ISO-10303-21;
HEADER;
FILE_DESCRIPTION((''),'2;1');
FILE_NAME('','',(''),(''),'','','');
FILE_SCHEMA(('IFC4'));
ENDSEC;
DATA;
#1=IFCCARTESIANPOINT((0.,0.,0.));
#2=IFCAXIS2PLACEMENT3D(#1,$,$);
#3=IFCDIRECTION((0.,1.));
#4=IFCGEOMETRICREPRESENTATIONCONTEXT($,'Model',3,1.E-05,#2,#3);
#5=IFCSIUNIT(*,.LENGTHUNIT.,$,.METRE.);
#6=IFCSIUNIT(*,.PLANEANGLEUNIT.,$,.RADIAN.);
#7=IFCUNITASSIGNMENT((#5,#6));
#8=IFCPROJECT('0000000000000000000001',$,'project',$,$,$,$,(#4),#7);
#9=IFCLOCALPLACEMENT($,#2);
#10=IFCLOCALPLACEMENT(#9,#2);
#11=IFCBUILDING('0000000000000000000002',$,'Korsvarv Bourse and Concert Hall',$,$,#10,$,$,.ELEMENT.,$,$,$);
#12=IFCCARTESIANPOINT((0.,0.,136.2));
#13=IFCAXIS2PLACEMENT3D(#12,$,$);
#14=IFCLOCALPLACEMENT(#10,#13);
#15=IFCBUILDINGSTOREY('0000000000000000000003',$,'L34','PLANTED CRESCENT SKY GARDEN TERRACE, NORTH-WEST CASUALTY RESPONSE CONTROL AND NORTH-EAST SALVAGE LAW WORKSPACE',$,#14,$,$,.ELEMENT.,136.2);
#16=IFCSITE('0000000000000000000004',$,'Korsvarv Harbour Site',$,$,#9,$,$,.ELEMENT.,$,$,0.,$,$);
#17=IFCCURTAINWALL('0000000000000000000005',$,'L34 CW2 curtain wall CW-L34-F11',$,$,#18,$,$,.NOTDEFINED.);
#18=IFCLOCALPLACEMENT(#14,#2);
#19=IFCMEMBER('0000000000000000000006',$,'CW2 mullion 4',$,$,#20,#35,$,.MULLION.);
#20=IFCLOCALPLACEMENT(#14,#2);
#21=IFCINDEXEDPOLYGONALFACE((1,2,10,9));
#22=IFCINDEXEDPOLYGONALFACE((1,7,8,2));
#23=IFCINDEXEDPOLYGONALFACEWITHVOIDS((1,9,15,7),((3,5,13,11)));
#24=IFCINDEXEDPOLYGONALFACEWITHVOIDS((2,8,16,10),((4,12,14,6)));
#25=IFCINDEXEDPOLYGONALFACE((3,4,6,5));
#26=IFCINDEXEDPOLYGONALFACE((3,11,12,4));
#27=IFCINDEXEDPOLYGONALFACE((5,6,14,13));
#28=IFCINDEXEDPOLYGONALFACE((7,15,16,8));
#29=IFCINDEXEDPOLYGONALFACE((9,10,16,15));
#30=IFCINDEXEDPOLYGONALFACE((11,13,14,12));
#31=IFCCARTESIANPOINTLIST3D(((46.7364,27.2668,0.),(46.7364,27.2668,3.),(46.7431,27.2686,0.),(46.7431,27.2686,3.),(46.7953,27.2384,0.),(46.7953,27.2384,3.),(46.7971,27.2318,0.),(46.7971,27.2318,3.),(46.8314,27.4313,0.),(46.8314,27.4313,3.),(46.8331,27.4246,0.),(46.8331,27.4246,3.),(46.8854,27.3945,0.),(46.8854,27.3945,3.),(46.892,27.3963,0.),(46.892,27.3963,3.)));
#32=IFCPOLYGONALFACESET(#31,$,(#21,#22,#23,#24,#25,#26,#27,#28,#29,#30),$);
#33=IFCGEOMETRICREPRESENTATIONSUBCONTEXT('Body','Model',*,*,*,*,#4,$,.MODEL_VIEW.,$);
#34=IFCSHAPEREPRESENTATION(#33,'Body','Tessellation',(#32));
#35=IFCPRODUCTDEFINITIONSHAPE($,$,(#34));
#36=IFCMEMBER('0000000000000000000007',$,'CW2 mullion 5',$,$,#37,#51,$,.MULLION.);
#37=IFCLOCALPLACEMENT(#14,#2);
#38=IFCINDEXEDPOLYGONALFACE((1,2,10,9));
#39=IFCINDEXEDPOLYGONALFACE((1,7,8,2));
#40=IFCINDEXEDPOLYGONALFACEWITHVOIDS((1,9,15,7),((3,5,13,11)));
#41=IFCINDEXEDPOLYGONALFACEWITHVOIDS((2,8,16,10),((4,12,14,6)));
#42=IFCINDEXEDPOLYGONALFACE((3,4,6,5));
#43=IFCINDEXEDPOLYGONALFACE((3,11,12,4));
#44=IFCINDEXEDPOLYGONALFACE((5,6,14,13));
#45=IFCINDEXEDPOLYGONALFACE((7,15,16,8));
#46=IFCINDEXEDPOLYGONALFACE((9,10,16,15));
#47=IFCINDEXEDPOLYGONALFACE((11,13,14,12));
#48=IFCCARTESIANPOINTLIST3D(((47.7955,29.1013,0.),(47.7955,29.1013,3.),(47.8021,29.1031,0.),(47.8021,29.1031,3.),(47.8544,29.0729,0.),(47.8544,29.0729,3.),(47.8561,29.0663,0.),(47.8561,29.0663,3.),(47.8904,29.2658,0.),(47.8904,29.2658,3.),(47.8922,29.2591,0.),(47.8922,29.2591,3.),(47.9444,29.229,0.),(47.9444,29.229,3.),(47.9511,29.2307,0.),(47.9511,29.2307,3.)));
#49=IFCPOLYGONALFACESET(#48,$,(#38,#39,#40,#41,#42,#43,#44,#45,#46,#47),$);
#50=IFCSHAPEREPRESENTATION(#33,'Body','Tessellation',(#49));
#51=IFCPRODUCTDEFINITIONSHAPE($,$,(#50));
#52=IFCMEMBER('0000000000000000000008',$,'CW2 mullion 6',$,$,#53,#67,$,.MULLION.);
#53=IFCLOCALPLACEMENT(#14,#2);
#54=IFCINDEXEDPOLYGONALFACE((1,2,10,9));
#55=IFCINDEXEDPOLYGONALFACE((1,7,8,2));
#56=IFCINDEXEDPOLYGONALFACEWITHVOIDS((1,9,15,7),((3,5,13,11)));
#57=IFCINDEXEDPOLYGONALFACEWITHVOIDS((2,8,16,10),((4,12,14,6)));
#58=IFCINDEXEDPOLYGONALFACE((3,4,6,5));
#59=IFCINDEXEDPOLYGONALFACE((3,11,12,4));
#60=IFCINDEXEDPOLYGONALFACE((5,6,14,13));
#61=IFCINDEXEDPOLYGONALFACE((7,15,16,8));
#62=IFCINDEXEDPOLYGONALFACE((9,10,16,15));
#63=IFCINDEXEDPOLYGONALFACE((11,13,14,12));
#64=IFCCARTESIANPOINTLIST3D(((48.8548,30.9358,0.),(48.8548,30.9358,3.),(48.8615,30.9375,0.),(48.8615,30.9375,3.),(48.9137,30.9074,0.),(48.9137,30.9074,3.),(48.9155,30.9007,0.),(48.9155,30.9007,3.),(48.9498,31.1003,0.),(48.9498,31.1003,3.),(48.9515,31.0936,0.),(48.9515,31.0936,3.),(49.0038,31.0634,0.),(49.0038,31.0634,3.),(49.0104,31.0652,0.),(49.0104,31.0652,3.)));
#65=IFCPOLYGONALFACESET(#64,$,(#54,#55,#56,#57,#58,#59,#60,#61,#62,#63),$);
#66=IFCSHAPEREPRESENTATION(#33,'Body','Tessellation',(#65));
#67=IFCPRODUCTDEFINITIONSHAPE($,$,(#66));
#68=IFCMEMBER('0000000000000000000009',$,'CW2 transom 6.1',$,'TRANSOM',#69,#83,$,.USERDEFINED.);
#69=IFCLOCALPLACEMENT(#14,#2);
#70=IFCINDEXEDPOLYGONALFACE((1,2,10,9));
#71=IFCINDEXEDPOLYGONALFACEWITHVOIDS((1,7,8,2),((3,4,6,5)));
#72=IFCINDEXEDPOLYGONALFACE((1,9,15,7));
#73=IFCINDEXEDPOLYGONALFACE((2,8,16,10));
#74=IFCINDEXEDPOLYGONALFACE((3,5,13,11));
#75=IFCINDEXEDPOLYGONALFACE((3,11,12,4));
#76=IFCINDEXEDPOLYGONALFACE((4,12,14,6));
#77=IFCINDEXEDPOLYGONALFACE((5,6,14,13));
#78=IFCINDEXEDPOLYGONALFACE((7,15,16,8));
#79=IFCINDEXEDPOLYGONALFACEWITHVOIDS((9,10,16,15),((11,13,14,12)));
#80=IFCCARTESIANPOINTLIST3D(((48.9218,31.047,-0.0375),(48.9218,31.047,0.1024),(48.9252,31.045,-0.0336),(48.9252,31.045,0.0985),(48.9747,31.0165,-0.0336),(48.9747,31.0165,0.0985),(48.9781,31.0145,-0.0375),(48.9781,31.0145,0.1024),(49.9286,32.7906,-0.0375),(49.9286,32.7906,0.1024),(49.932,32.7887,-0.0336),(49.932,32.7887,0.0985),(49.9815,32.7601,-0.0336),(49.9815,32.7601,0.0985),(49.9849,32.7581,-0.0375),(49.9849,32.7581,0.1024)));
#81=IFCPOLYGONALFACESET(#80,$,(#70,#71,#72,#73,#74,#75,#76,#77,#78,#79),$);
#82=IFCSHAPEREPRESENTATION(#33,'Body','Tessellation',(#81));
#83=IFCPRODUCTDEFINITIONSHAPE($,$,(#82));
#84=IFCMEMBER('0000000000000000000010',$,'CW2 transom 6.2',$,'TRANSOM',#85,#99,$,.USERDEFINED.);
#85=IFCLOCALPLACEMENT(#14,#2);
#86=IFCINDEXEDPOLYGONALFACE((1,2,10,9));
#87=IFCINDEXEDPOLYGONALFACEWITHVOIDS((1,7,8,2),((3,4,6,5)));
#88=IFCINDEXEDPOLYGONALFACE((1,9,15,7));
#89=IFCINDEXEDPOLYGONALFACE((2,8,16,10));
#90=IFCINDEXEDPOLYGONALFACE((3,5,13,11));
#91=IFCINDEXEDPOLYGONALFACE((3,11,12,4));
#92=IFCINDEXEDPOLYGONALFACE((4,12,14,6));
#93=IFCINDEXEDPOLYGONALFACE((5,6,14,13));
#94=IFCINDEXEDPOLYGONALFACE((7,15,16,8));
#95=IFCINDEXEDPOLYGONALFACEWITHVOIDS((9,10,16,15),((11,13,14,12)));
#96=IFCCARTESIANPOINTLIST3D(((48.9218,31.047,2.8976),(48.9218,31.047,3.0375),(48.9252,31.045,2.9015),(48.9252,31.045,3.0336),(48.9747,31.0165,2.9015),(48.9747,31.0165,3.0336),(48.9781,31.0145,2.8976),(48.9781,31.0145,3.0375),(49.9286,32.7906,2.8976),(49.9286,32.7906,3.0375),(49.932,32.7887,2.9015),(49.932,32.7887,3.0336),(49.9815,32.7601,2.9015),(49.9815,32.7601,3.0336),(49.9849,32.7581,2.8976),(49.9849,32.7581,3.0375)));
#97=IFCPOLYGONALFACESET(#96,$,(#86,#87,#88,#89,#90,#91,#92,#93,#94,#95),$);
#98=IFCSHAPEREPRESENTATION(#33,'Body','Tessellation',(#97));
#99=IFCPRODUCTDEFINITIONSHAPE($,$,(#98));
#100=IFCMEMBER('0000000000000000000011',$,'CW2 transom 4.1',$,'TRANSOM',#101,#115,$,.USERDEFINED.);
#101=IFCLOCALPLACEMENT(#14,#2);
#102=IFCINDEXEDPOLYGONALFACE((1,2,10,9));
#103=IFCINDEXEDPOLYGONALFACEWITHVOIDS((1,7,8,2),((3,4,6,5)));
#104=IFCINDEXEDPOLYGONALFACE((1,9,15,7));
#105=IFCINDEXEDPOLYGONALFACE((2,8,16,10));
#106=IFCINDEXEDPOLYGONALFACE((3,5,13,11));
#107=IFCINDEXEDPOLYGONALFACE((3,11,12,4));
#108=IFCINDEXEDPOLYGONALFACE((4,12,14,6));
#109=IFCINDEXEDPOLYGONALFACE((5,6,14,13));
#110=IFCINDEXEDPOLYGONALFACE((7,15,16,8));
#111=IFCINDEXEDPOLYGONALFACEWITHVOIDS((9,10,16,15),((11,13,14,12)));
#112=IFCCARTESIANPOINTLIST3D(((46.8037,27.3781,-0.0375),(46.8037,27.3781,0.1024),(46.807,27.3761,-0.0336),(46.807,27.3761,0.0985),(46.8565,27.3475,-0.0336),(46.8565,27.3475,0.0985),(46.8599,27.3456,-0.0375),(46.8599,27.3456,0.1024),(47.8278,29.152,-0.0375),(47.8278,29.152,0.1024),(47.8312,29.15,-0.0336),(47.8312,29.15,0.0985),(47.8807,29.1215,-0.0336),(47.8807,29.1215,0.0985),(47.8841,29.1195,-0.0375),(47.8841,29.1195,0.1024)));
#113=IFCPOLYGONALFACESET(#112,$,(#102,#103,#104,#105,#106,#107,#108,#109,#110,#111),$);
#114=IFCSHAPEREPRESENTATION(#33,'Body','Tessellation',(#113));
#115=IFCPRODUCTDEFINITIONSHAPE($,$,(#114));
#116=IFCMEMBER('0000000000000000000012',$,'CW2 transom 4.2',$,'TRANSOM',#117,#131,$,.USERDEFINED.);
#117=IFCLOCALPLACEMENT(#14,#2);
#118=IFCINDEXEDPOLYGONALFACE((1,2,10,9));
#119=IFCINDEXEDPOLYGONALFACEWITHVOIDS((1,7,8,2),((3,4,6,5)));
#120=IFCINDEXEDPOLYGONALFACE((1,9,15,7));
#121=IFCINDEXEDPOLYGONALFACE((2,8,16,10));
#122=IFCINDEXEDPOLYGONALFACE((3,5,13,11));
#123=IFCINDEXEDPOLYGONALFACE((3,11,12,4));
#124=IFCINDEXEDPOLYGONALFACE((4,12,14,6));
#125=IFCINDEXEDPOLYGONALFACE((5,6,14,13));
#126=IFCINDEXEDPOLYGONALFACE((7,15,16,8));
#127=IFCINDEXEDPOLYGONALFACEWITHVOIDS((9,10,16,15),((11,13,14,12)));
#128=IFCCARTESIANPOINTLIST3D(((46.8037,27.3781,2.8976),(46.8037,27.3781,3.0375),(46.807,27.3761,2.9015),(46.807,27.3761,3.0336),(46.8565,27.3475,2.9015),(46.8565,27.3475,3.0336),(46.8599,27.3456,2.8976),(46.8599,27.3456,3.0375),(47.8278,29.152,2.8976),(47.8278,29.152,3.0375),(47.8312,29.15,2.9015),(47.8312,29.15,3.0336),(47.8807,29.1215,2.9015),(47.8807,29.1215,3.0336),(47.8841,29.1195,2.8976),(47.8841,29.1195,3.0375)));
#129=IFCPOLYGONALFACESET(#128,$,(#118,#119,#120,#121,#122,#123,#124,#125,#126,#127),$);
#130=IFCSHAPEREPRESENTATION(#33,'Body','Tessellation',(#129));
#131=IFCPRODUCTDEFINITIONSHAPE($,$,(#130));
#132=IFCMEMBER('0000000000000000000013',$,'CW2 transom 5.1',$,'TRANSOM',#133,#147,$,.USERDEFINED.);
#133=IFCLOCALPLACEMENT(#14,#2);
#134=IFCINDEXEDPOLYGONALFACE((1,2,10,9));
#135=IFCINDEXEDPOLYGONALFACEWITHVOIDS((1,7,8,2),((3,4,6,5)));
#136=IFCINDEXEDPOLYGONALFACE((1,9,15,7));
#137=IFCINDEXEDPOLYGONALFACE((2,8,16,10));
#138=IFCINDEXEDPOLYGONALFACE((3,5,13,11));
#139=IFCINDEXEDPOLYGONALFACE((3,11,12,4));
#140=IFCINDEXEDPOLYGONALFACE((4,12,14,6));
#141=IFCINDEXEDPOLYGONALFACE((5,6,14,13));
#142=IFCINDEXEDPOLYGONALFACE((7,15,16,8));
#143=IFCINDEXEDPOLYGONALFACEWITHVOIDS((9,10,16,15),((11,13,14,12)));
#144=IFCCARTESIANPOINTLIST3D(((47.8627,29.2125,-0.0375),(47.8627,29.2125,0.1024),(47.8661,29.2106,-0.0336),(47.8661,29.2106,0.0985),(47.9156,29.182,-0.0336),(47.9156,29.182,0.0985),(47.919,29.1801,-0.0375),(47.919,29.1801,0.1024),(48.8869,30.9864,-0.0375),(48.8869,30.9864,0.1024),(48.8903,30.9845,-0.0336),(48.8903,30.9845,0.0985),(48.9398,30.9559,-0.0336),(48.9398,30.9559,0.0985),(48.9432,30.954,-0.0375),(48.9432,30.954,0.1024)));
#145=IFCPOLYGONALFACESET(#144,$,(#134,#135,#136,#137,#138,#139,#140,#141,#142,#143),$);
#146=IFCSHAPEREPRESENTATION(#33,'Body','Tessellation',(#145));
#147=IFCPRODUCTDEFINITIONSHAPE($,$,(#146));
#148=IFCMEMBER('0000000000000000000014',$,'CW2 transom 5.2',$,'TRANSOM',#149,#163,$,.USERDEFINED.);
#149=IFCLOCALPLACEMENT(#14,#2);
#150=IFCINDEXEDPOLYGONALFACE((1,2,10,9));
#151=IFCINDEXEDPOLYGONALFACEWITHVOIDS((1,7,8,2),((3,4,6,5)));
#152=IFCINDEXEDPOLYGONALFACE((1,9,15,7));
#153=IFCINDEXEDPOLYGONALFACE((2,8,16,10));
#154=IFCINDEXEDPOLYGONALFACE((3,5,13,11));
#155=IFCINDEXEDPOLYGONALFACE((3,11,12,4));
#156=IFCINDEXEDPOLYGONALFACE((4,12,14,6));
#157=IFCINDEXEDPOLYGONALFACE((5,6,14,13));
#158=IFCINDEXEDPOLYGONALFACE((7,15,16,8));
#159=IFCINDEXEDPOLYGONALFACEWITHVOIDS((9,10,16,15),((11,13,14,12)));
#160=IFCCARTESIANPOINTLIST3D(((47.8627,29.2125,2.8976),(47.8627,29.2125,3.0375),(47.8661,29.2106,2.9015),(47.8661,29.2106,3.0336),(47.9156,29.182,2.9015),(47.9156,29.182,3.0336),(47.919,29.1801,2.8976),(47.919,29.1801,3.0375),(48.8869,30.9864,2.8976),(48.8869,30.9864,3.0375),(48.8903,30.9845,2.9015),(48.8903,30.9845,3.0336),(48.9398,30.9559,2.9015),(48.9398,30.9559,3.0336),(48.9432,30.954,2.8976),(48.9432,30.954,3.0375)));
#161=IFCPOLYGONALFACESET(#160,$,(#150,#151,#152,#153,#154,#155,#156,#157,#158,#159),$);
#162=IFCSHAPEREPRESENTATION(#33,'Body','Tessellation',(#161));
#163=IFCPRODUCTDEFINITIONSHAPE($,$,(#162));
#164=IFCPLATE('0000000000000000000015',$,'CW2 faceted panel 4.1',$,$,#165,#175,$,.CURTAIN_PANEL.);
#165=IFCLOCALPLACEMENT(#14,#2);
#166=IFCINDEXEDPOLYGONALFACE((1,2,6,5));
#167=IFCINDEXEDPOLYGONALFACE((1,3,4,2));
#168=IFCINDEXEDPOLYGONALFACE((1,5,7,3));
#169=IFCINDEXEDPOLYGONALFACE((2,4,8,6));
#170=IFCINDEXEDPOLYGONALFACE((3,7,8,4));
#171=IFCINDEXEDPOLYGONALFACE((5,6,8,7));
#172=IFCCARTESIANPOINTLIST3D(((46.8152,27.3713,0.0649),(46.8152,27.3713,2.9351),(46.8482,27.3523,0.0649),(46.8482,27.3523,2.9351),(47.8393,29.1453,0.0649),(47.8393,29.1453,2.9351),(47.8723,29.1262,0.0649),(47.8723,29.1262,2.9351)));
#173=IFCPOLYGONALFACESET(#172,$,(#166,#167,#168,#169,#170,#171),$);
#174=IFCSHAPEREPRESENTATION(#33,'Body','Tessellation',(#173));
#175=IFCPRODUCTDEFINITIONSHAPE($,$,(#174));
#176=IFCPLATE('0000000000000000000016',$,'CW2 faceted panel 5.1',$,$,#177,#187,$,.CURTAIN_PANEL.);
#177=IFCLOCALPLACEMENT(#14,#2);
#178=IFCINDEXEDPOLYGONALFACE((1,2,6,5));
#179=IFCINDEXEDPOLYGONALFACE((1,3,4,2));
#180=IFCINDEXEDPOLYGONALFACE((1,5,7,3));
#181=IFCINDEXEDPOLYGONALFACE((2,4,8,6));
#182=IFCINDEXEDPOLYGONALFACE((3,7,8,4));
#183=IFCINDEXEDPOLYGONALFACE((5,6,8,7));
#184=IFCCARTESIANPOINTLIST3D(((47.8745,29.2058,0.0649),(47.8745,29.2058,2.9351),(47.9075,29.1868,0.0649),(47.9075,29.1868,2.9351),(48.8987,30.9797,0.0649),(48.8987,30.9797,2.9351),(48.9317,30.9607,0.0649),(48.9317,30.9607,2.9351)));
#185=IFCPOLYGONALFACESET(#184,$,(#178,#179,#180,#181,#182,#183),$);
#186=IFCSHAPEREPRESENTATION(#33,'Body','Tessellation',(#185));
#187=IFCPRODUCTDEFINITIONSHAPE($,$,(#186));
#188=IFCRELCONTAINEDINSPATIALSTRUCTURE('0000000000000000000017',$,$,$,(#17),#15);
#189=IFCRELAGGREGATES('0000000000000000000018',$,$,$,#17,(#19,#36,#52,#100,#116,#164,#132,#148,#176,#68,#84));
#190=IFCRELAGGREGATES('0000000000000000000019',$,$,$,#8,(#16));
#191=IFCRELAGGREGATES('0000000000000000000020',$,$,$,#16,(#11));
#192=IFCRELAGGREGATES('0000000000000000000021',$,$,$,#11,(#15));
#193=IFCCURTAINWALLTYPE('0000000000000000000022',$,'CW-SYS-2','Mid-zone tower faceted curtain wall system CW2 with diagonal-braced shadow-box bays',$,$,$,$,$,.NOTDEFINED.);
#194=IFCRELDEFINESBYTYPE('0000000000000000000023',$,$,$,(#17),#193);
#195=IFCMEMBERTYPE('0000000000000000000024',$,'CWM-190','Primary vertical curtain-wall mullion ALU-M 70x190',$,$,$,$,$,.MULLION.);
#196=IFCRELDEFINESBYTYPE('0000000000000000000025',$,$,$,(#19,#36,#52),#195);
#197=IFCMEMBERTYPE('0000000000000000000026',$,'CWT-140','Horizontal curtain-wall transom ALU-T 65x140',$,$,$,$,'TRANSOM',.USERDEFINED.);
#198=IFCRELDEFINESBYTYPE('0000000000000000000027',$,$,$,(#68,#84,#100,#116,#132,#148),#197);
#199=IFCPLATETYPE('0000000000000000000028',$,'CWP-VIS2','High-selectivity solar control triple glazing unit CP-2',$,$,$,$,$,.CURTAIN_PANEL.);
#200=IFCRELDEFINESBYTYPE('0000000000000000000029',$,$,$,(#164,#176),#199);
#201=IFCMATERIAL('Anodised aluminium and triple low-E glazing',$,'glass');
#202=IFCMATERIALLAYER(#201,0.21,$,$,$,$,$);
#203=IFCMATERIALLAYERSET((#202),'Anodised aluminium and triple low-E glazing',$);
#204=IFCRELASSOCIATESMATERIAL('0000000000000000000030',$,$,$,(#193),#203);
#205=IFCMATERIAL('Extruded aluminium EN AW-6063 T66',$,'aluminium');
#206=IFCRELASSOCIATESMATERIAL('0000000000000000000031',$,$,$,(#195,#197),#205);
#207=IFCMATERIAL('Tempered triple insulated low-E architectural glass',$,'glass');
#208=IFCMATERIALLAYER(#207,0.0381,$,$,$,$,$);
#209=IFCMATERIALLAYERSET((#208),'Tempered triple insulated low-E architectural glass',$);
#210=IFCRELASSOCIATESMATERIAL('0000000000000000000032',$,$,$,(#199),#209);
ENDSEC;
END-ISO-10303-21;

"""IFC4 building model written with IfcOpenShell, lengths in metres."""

from ifc_helpers import new_model, si_unit, direction, frame, origin, origin_2d, place, context, subcontext, project, spatial, rectangle, hollow_rectangle, extrude, source, transform, mapped, material, layer, layer_set, material_profile, profile_set, type_object, element, aggregate, save


model = new_model("IFC4")

# Units and contexts
model_context = context("Model", 3, precision=1e-05, world=origin(), true_north=direction((0.0, 1.0)))
body_context = subcontext(model_context, "Body", "Model", "MODEL_VIEW")
ifc_project = project(units=[si_unit("LENGTHUNIT", "METRE"), si_unit("PLANEANGLEUNIT", "RADIAN")], contexts=[model_context])

# Site, building, storey
site_placement = place(None, origin())
site = spatial("IfcSite", under=ifc_project, at=site_placement, Name="Korsvarv Harbour Site", CompositionType="ELEMENT", RefElevation=0.0)
building_placement = place(site_placement, origin())
building = spatial("IfcBuilding", under=site, at=building_placement, Name="Korsvarv Bourse and Concert Hall", CompositionType="ELEMENT")
storey_placement = place(building_placement, frame((0.0, 0.0, 136.2)))
storey = spatial("IfcBuildingStorey", under=building, at=storey_placement, Name="L34", Description="PLANTED CRESCENT SKY GARDEN TERRACE, NORTH-WEST CASUALTY RESPONSE CONTROL AND NORTH-EAST SALVAGE LAW WORKSPACE", CompositionType="ELEMENT", Elevation=136.2)

# Curtain wall, members, plates
ifc_material_1 = material(Name="Anodised aluminium and triple low-E glazing", Category="glass")
ifc_layer_1 = layer(ifc_material_1, 0.21)
ifc_layer_set_1 = layer_set([ifc_layer_1], Name="Anodised aluminium and triple low-E glazing")
curtain_wall_type = type_object("IfcCurtainWallType", Name="CW-SYS-2", Description="Mid-zone tower faceted curtain wall system CW2 with diagonal-braced shadow-box bays", PredefinedType="NOTDEFINED", material=ifc_layer_set_1)
curtain_wall_placement = place(storey_placement, origin())
curtain_wall = element("IfcCurtainWall", 1, at=curtain_wall_placement, inside=storey, type_object=curtain_wall_type, Name="L34 CW2 curtain wall CW-L34-F11", PredefinedType="NOTDEFINED")
ifc_material_2 = material(Name="Extruded aluminium EN AW-6063 T66", Category="aluminium")
ifc_material_profile_1 = material_profile(ifc_material_2, hollow_rectangle(XDim=0.0701, YDim=0.1899, WallThickness=0.0049, at=origin_2d()), Name="ALU-M 70x190")
ifc_profile_set_1 = profile_set([ifc_material_profile_1], Name="Extruded aluminium EN AW-6063 T66")
member_type_1 = type_object("IfcMemberType", Name="CWM-190", Description="Primary vertical curtain-wall mullion ALU-M 70x190", PredefinedType="MULLION", material=ifc_profile_set_1)
shared_shape_1 = source(origin(), body_context, "Body", "SweptSolid", [
    extrude(hollow_rectangle(XDim=0.0701, YDim=0.1899, WallThickness=0.0049, at=origin_2d()), origin(), (0.0, 0.0, 1.0), 3.0),
])
member_1_placement = place(storey_placement, frame((46.8142, 27.3315, 0.0), z_axis=(0.0, 0.0, 1.0), x_axis=(-0.866025, 0.5, 0.0)))
member_1 = element("IfcMember", 2, at=member_1_placement, type_object=member_type_1, Name="CW2 mullion 4", PredefinedType="MULLION", context=body_context, shape_type="MappedRepresentation", body=[
    mapped(shared_shape_1, transform((0.0, 0.0, 0.0), scale=1.0)),
])
member_2_placement = place(storey_placement, frame((47.8733, 29.166, 0.0), z_axis=(0.0, 0.0, 1.0), x_axis=(-0.866025, 0.5, 0.0)))
member_2 = element("IfcMember", 3, at=member_2_placement, type_object=member_type_1, Name="CW2 mullion 5", PredefinedType="MULLION", context=body_context, shape_type="MappedRepresentation", body=[
    mapped(shared_shape_1, transform((0.0, 0.0, 0.0), scale=1.0)),
])
member_3_placement = place(storey_placement, frame((48.9326, 31.0005, 0.0), z_axis=(0.0, 0.0, 1.0), x_axis=(-0.866025, 0.5, 0.0)))
member_3 = element("IfcMember", 4, at=member_3_placement, type_object=member_type_1, Name="CW2 mullion 6", PredefinedType="MULLION", context=body_context, shape_type="MappedRepresentation", body=[
    mapped(shared_shape_1, transform((0.0, 0.0, 0.0), scale=1.0)),
])
ifc_material_profile_2 = material_profile(ifc_material_2, hollow_rectangle(XDim=0.0649, YDim=0.1399, WallThickness=0.0039, at=origin_2d()), Name="ALU-T 65x140")
ifc_profile_set_2 = profile_set([ifc_material_profile_2], Name="Extruded aluminium EN AW-6063 T66")
member_type_2 = type_object("IfcMemberType", Name="CWT-140", Description="Horizontal curtain-wall transom ALU-T 65x140", ElementType="TRANSOM", PredefinedType="USERDEFINED", material=ifc_profile_set_2)
shared_shape_2 = source(origin(), body_context, "Body", "SweptSolid", [
    extrude(hollow_rectangle(XDim=0.0649, YDim=0.1399, WallThickness=0.0039, at=origin_2d()), origin(), (0.0, 0.0, 1.0), 2.0134),
])
member_4_placement = place(storey_placement, frame((48.95, 31.0308, 0.0325), z_axis=(0.500051, 0.865996, 0.0), x_axis=(-0.865996, 0.500051, 0.0)))
member_4 = element("IfcMember", 5, at=member_4_placement, type_object=member_type_2, Name="CW2 transom 6.1", ObjectType="TRANSOM", PredefinedType="USERDEFINED", context=body_context, shape_type="MappedRepresentation", body=[
    mapped(shared_shape_2, transform((0.0, 0.0, 0.0), scale=1.0)),
])
member_5_placement = place(storey_placement, frame((48.95, 31.0308, 2.9675), z_axis=(0.500051, 0.865996, 0.0), x_axis=(-0.865996, 0.500051, 0.0)))
member_5 = element("IfcMember", 6, at=member_5_placement, type_object=member_type_2, Name="CW2 transom 6.2", ObjectType="TRANSOM", PredefinedType="USERDEFINED", context=body_context, shape_type="MappedRepresentation", body=[
    mapped(shared_shape_2, transform((0.0, 0.0, 0.0), scale=1.0)),
])
shared_shape_3 = source(origin(), body_context, "Body", "SweptSolid", [
    extrude(hollow_rectangle(XDim=0.0649, YDim=0.1399, WallThickness=0.0039, at=origin_2d()), origin(), (0.0, 0.0, 1.0), 2.0483),
])
member_6_placement = place(storey_placement, frame((46.8318, 27.3618, 0.0325), z_axis=(0.499998, 0.866027, 0.0), x_axis=(-0.866027, 0.499998, 0.0)))
member_6 = element("IfcMember", 7, at=member_6_placement, type_object=member_type_2, Name="CW2 transom 4.1", ObjectType="TRANSOM", PredefinedType="USERDEFINED", context=body_context, shape_type="MappedRepresentation", body=[
    mapped(shared_shape_3, transform((0.0, 0.0, 0.0), scale=1.0)),
])
member_7_placement = place(storey_placement, frame((46.8318, 27.3618, 2.9675), z_axis=(0.499998, 0.866027, 0.0), x_axis=(-0.866027, 0.499998, 0.0)))
member_7 = element("IfcMember", 8, at=member_7_placement, type_object=member_type_2, Name="CW2 transom 4.2", ObjectType="TRANSOM", PredefinedType="USERDEFINED", context=body_context, shape_type="MappedRepresentation", body=[
    mapped(shared_shape_3, transform((0.0, 0.0, 0.0), scale=1.0)),
])
member_8_placement = place(storey_placement, frame((47.8909, 29.1963, 0.0325), z_axis=(0.499998, 0.866027, 0.0), x_axis=(-0.866027, 0.499998, 0.0)))
member_8 = element("IfcMember", 9, at=member_8_placement, type_object=member_type_2, Name="CW2 transom 5.1", ObjectType="TRANSOM", PredefinedType="USERDEFINED", context=body_context, shape_type="MappedRepresentation", body=[
    mapped(shared_shape_3, transform((0.0, 0.0, 0.0), scale=1.0)),
])
member_9_placement = place(storey_placement, frame((47.8909, 29.1963, 2.9675), z_axis=(0.499998, 0.866027, 0.0), x_axis=(-0.866027, 0.499998, 0.0)))
member_9 = element("IfcMember", 10, at=member_9_placement, type_object=member_type_2, Name="CW2 transom 5.2", ObjectType="TRANSOM", PredefinedType="USERDEFINED", context=body_context, shape_type="MappedRepresentation", body=[
    mapped(shared_shape_3, transform((0.0, 0.0, 0.0), scale=1.0)),
])
ifc_material_3 = material(Name="Tempered triple insulated low-E architectural glass", Category="glass")
ifc_layer_2 = layer(ifc_material_3, 0.0381)
ifc_layer_set_2 = layer_set([ifc_layer_2], Name="Tempered triple insulated low-E architectural glass")
plate_type_1 = type_object("IfcPlateType", Name="CWP-VIS2", Description="High-selectivity solar control triple glazing unit CP-2", PredefinedType="CURTAIN_PANEL", material=ifc_layer_set_2)
shared_shape_4 = source(origin(), body_context, "Body", "SweptSolid", [
    extrude(rectangle(XDim=2.0483, YDim=0.0381, at=origin_2d()), origin(), (0.0, 0.0, 1.0), 2.8701),
])
plate_1_placement = place(storey_placement, frame((47.3438, 28.2488, 0.0649), z_axis=(0.0, 0.0, 1.0), x_axis=(0.5, 0.866025, 0.0)))
plate_1 = element("IfcPlate", 11, at=plate_1_placement, type_object=plate_type_1, Name="CW2 faceted panel 4.1", PredefinedType="CURTAIN_PANEL", context=body_context, shape_type="MappedRepresentation", body=[
    mapped(shared_shape_4, transform((0.0, 0.0, 0.0), scale=1.0)),
])
plate_2_placement = place(storey_placement, frame((48.4031, 30.0833, 0.0649), z_axis=(0.0, 0.0, 1.0), x_axis=(0.5, 0.866025, 0.0)))
plate_2 = element("IfcPlate", 12, at=plate_2_placement, type_object=plate_type_1, Name="CW2 faceted panel 5.1", PredefinedType="CURTAIN_PANEL", context=body_context, shape_type="MappedRepresentation", body=[
    mapped(shared_shape_4, transform((0.0, 0.0, 0.0), scale=1.0)),
])
aggregate(curtain_wall, [member_1, member_2, member_3, member_6, member_7, plate_1, member_8, member_9, plate_2, member_4, member_5])

save(model, "model.ifc")
